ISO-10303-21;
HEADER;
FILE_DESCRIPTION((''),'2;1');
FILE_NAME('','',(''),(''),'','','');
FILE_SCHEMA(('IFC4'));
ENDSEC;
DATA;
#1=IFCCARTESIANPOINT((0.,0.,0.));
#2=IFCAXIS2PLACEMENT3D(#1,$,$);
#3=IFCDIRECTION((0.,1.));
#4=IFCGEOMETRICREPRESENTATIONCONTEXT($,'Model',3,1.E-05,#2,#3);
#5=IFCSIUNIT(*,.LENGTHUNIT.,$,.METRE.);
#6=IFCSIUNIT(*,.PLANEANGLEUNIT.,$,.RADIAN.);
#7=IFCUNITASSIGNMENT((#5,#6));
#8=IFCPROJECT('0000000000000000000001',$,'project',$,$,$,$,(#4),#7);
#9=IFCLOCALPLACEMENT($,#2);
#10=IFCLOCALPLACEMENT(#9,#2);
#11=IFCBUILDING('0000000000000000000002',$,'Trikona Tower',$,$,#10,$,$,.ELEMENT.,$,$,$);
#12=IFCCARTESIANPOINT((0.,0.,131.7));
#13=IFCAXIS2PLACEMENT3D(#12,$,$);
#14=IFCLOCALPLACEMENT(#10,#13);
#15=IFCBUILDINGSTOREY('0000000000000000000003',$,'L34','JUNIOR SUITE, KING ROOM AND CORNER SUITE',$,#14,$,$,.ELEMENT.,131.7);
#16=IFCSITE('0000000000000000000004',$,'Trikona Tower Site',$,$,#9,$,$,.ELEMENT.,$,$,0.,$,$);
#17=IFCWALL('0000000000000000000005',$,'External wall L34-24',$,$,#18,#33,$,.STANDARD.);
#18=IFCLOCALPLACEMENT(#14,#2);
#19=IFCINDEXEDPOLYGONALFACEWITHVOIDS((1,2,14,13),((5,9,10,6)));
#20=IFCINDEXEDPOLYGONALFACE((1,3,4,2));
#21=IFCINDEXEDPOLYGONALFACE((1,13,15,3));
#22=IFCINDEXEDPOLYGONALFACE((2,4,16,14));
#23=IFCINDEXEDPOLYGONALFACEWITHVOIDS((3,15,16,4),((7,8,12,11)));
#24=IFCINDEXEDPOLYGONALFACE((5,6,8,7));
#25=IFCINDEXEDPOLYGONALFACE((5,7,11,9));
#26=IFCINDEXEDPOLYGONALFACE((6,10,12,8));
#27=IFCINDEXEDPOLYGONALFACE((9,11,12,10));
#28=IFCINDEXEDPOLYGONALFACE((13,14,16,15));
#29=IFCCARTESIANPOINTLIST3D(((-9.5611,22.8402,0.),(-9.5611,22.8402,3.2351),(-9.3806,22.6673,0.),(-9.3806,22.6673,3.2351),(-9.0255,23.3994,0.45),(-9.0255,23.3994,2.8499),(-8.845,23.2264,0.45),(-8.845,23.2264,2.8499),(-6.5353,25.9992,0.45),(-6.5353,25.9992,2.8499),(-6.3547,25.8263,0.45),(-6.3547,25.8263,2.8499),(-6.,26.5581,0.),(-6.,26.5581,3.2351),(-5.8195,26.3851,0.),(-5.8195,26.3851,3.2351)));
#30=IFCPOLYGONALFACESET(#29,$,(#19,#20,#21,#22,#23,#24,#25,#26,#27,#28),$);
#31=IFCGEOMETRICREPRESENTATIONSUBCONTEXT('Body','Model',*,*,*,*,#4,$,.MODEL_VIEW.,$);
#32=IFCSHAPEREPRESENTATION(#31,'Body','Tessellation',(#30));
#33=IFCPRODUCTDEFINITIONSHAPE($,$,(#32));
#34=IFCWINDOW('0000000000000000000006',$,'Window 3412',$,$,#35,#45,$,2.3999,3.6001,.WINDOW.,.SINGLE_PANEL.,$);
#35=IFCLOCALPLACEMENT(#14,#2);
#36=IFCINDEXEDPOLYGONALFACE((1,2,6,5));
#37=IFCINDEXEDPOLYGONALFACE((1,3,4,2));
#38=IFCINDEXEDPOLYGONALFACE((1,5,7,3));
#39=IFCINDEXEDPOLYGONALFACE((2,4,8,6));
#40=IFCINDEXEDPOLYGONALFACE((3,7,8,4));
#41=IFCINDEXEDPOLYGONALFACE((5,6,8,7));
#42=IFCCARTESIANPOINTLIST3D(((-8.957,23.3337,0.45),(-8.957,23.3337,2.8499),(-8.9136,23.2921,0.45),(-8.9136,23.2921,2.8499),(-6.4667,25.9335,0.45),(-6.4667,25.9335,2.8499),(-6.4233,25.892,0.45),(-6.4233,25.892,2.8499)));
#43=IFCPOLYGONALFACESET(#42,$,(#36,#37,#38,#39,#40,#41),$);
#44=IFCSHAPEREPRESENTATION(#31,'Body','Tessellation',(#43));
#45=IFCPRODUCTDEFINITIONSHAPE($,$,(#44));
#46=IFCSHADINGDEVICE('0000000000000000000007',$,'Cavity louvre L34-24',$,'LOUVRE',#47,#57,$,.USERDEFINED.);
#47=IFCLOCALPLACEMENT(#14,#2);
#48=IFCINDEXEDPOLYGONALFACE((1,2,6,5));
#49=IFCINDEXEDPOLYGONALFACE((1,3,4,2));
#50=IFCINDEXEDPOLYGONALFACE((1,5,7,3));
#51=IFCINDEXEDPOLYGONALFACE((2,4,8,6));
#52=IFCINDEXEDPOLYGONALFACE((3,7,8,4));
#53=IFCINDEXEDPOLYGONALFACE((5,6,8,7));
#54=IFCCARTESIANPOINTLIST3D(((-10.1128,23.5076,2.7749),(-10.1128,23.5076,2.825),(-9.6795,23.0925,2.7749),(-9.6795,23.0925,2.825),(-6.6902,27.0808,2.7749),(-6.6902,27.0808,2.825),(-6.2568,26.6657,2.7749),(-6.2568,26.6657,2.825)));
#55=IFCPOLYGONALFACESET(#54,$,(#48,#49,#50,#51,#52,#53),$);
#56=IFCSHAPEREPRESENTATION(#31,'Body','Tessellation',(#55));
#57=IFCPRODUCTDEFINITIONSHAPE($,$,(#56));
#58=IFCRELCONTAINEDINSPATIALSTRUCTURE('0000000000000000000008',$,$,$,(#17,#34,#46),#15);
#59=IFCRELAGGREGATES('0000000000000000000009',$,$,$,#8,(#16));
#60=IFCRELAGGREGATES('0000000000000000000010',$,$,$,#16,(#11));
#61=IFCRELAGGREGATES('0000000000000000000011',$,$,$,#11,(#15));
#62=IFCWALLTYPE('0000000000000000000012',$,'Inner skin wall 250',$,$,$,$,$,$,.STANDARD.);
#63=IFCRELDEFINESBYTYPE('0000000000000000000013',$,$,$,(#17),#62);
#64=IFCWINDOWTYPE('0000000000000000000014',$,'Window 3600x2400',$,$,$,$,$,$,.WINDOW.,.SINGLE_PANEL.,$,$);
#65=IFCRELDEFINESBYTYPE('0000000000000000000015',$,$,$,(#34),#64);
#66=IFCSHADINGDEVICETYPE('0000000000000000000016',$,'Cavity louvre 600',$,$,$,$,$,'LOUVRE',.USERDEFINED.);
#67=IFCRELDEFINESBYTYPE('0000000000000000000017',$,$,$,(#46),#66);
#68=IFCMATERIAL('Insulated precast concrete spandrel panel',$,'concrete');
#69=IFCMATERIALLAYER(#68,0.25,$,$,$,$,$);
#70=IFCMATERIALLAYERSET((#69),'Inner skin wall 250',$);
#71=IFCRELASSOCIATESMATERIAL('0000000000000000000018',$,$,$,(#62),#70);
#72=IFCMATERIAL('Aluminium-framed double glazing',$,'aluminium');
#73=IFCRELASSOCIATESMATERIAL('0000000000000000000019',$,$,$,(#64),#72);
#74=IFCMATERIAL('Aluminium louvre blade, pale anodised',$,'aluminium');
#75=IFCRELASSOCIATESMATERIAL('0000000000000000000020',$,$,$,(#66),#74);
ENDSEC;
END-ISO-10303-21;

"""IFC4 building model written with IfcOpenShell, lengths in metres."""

from ifc_helpers import new_model, si_unit, direction, frame, frame_2d, origin, origin_2d, place, context, subcontext, project, spatial, rectangle, extrude, material, layer, layer_set, type_object, element, fill, save


model = new_model("IFC4")

# Units and contexts
model_context = context("Model", 3, precision=1e-05, world=origin(), true_north=direction((0.0, 1.0)))
body_context = subcontext(model_context, "Body", "Model", "MODEL_VIEW")
ifc_project = project(units=[si_unit("LENGTHUNIT", "METRE"), si_unit("PLANEANGLEUNIT", "RADIAN")], contexts=[model_context])

# Site, building, storey
site_placement = place(None, origin())
site = spatial("IfcSite", under=ifc_project, at=site_placement, Name="Trikona Tower Site", CompositionType="ELEMENT", RefElevation=0.0)
building_placement = place(site_placement, origin())
building = spatial("IfcBuilding", under=site, at=building_placement, Name="Trikona Tower", CompositionType="ELEMENT")
storey_placement = place(building_placement, frame((0.0, 0.0, 131.7)))
storey = spatial("IfcBuildingStorey", under=building, at=storey_placement, Name="L34", Description="JUNIOR SUITE, KING ROOM AND CORNER SUITE", CompositionType="ELEMENT", Elevation=131.7)

# Wall, opening, window
ifc_material_1 = material(Name="Insulated precast concrete spandrel panel", Category="concrete")
ifc_layer_1 = layer(ifc_material_1, 0.25)
ifc_layer_set_1 = layer_set([ifc_layer_1], Name="Inner skin wall 250")
wall_type_1 = type_object("IfcWallType", Name="Inner skin wall 250", PredefinedType="STANDARD", material=ifc_layer_set_1)
wall_1_placement = place(storey_placement, frame((-5.9097, 26.4717, 0.0), z_axis=(0.0, 0.0, 1.0), x_axis=(-0.69172, -0.722166, 0.0)))
wall_1 = element("IfcWall", 1, at=wall_1_placement, inside=storey, type_object=wall_type_1, Name="External wall L34-24", PredefinedType="STANDARD", context=body_context, shape_type="SweptSolid", body=[
    extrude(rectangle(XDim=5.1482, YDim=0.25, at=frame_2d((2.5742, 0.0))), origin(), (0.0, 0.0, 1.0), 3.2351),
])
opening_1_placement = place(wall_1_placement, frame((0.7739, 0.0, 0.45)))
opening_1 = element("IfcOpeningElement", 2, at=opening_1_placement, cuts=wall_1, PredefinedType="OPENING", context=body_context, shape_type="SweptSolid", body=[
    extrude(rectangle(XDim=3.6001, YDim=2.3999, at=frame_2d((1.8, 1.2))), frame((0.0, 0.135, 0.0), z_axis=(0.0, -1.0, 0.0), x_axis=(1.0, 0.0, 0.0)), (0.0, 0.0, 1.0), 0.27),
])
ifc_material_2 = material(Name="Aluminium-framed double glazing", Category="aluminium")
window_type_1 = type_object("IfcWindowType", Name="Window 3600x2400", PartitioningType="SINGLE_PANEL", PredefinedType="WINDOW", material=ifc_material_2)
window_1_placement = place(opening_1_placement, origin())
window_1 = element("IfcWindow", 3, at=window_1_placement, inside=storey, type_object=window_type_1, Name="Window 3412", OverallHeight=2.3999, OverallWidth=3.6001, PartitioningType="SINGLE_PANEL", PredefinedType="WINDOW", context=body_context, shape_type="SweptSolid", body=[
    extrude(rectangle(XDim=3.6001, YDim=2.3999, at=frame_2d((1.8, 1.2))), frame((0.0, 0.03, 0.0), z_axis=(0.0, -1.0, 0.0), x_axis=(1.0, 0.0, 0.0)), (0.0, 0.0, 1.0), 0.0601),
])
fill(opening_1, window_1)

# Shading device
ifc_material_3 = material(Name="Aluminium louvre blade, pale anodised", Category="aluminium")
shading_device_type = type_object("IfcShadingDeviceType", Name="Cavity louvre 600", ElementType="LOUVRE", PredefinedType="USERDEFINED", material=ifc_material_3)
shading_device_placement = place(storey_placement, frame((-8.1848, 25.0867, 2.7749), z_axis=(0.0, 0.0, 1.0), x_axis=(-0.691724, -0.722162, 0.0)))
element("IfcShadingDevice", 4, at=shading_device_placement, inside=storey, type_object=shading_device_type, Name="Cavity louvre L34-24", ObjectType="LOUVRE", PredefinedType="USERDEFINED", context=body_context, shape_type="SweptSolid", body=[
    extrude(rectangle(XDim=4.948, YDim=0.6001, at=origin_2d()), origin(), (0.0, 0.0, 1.0), 0.05),
])

save(model, "model.ifc")
